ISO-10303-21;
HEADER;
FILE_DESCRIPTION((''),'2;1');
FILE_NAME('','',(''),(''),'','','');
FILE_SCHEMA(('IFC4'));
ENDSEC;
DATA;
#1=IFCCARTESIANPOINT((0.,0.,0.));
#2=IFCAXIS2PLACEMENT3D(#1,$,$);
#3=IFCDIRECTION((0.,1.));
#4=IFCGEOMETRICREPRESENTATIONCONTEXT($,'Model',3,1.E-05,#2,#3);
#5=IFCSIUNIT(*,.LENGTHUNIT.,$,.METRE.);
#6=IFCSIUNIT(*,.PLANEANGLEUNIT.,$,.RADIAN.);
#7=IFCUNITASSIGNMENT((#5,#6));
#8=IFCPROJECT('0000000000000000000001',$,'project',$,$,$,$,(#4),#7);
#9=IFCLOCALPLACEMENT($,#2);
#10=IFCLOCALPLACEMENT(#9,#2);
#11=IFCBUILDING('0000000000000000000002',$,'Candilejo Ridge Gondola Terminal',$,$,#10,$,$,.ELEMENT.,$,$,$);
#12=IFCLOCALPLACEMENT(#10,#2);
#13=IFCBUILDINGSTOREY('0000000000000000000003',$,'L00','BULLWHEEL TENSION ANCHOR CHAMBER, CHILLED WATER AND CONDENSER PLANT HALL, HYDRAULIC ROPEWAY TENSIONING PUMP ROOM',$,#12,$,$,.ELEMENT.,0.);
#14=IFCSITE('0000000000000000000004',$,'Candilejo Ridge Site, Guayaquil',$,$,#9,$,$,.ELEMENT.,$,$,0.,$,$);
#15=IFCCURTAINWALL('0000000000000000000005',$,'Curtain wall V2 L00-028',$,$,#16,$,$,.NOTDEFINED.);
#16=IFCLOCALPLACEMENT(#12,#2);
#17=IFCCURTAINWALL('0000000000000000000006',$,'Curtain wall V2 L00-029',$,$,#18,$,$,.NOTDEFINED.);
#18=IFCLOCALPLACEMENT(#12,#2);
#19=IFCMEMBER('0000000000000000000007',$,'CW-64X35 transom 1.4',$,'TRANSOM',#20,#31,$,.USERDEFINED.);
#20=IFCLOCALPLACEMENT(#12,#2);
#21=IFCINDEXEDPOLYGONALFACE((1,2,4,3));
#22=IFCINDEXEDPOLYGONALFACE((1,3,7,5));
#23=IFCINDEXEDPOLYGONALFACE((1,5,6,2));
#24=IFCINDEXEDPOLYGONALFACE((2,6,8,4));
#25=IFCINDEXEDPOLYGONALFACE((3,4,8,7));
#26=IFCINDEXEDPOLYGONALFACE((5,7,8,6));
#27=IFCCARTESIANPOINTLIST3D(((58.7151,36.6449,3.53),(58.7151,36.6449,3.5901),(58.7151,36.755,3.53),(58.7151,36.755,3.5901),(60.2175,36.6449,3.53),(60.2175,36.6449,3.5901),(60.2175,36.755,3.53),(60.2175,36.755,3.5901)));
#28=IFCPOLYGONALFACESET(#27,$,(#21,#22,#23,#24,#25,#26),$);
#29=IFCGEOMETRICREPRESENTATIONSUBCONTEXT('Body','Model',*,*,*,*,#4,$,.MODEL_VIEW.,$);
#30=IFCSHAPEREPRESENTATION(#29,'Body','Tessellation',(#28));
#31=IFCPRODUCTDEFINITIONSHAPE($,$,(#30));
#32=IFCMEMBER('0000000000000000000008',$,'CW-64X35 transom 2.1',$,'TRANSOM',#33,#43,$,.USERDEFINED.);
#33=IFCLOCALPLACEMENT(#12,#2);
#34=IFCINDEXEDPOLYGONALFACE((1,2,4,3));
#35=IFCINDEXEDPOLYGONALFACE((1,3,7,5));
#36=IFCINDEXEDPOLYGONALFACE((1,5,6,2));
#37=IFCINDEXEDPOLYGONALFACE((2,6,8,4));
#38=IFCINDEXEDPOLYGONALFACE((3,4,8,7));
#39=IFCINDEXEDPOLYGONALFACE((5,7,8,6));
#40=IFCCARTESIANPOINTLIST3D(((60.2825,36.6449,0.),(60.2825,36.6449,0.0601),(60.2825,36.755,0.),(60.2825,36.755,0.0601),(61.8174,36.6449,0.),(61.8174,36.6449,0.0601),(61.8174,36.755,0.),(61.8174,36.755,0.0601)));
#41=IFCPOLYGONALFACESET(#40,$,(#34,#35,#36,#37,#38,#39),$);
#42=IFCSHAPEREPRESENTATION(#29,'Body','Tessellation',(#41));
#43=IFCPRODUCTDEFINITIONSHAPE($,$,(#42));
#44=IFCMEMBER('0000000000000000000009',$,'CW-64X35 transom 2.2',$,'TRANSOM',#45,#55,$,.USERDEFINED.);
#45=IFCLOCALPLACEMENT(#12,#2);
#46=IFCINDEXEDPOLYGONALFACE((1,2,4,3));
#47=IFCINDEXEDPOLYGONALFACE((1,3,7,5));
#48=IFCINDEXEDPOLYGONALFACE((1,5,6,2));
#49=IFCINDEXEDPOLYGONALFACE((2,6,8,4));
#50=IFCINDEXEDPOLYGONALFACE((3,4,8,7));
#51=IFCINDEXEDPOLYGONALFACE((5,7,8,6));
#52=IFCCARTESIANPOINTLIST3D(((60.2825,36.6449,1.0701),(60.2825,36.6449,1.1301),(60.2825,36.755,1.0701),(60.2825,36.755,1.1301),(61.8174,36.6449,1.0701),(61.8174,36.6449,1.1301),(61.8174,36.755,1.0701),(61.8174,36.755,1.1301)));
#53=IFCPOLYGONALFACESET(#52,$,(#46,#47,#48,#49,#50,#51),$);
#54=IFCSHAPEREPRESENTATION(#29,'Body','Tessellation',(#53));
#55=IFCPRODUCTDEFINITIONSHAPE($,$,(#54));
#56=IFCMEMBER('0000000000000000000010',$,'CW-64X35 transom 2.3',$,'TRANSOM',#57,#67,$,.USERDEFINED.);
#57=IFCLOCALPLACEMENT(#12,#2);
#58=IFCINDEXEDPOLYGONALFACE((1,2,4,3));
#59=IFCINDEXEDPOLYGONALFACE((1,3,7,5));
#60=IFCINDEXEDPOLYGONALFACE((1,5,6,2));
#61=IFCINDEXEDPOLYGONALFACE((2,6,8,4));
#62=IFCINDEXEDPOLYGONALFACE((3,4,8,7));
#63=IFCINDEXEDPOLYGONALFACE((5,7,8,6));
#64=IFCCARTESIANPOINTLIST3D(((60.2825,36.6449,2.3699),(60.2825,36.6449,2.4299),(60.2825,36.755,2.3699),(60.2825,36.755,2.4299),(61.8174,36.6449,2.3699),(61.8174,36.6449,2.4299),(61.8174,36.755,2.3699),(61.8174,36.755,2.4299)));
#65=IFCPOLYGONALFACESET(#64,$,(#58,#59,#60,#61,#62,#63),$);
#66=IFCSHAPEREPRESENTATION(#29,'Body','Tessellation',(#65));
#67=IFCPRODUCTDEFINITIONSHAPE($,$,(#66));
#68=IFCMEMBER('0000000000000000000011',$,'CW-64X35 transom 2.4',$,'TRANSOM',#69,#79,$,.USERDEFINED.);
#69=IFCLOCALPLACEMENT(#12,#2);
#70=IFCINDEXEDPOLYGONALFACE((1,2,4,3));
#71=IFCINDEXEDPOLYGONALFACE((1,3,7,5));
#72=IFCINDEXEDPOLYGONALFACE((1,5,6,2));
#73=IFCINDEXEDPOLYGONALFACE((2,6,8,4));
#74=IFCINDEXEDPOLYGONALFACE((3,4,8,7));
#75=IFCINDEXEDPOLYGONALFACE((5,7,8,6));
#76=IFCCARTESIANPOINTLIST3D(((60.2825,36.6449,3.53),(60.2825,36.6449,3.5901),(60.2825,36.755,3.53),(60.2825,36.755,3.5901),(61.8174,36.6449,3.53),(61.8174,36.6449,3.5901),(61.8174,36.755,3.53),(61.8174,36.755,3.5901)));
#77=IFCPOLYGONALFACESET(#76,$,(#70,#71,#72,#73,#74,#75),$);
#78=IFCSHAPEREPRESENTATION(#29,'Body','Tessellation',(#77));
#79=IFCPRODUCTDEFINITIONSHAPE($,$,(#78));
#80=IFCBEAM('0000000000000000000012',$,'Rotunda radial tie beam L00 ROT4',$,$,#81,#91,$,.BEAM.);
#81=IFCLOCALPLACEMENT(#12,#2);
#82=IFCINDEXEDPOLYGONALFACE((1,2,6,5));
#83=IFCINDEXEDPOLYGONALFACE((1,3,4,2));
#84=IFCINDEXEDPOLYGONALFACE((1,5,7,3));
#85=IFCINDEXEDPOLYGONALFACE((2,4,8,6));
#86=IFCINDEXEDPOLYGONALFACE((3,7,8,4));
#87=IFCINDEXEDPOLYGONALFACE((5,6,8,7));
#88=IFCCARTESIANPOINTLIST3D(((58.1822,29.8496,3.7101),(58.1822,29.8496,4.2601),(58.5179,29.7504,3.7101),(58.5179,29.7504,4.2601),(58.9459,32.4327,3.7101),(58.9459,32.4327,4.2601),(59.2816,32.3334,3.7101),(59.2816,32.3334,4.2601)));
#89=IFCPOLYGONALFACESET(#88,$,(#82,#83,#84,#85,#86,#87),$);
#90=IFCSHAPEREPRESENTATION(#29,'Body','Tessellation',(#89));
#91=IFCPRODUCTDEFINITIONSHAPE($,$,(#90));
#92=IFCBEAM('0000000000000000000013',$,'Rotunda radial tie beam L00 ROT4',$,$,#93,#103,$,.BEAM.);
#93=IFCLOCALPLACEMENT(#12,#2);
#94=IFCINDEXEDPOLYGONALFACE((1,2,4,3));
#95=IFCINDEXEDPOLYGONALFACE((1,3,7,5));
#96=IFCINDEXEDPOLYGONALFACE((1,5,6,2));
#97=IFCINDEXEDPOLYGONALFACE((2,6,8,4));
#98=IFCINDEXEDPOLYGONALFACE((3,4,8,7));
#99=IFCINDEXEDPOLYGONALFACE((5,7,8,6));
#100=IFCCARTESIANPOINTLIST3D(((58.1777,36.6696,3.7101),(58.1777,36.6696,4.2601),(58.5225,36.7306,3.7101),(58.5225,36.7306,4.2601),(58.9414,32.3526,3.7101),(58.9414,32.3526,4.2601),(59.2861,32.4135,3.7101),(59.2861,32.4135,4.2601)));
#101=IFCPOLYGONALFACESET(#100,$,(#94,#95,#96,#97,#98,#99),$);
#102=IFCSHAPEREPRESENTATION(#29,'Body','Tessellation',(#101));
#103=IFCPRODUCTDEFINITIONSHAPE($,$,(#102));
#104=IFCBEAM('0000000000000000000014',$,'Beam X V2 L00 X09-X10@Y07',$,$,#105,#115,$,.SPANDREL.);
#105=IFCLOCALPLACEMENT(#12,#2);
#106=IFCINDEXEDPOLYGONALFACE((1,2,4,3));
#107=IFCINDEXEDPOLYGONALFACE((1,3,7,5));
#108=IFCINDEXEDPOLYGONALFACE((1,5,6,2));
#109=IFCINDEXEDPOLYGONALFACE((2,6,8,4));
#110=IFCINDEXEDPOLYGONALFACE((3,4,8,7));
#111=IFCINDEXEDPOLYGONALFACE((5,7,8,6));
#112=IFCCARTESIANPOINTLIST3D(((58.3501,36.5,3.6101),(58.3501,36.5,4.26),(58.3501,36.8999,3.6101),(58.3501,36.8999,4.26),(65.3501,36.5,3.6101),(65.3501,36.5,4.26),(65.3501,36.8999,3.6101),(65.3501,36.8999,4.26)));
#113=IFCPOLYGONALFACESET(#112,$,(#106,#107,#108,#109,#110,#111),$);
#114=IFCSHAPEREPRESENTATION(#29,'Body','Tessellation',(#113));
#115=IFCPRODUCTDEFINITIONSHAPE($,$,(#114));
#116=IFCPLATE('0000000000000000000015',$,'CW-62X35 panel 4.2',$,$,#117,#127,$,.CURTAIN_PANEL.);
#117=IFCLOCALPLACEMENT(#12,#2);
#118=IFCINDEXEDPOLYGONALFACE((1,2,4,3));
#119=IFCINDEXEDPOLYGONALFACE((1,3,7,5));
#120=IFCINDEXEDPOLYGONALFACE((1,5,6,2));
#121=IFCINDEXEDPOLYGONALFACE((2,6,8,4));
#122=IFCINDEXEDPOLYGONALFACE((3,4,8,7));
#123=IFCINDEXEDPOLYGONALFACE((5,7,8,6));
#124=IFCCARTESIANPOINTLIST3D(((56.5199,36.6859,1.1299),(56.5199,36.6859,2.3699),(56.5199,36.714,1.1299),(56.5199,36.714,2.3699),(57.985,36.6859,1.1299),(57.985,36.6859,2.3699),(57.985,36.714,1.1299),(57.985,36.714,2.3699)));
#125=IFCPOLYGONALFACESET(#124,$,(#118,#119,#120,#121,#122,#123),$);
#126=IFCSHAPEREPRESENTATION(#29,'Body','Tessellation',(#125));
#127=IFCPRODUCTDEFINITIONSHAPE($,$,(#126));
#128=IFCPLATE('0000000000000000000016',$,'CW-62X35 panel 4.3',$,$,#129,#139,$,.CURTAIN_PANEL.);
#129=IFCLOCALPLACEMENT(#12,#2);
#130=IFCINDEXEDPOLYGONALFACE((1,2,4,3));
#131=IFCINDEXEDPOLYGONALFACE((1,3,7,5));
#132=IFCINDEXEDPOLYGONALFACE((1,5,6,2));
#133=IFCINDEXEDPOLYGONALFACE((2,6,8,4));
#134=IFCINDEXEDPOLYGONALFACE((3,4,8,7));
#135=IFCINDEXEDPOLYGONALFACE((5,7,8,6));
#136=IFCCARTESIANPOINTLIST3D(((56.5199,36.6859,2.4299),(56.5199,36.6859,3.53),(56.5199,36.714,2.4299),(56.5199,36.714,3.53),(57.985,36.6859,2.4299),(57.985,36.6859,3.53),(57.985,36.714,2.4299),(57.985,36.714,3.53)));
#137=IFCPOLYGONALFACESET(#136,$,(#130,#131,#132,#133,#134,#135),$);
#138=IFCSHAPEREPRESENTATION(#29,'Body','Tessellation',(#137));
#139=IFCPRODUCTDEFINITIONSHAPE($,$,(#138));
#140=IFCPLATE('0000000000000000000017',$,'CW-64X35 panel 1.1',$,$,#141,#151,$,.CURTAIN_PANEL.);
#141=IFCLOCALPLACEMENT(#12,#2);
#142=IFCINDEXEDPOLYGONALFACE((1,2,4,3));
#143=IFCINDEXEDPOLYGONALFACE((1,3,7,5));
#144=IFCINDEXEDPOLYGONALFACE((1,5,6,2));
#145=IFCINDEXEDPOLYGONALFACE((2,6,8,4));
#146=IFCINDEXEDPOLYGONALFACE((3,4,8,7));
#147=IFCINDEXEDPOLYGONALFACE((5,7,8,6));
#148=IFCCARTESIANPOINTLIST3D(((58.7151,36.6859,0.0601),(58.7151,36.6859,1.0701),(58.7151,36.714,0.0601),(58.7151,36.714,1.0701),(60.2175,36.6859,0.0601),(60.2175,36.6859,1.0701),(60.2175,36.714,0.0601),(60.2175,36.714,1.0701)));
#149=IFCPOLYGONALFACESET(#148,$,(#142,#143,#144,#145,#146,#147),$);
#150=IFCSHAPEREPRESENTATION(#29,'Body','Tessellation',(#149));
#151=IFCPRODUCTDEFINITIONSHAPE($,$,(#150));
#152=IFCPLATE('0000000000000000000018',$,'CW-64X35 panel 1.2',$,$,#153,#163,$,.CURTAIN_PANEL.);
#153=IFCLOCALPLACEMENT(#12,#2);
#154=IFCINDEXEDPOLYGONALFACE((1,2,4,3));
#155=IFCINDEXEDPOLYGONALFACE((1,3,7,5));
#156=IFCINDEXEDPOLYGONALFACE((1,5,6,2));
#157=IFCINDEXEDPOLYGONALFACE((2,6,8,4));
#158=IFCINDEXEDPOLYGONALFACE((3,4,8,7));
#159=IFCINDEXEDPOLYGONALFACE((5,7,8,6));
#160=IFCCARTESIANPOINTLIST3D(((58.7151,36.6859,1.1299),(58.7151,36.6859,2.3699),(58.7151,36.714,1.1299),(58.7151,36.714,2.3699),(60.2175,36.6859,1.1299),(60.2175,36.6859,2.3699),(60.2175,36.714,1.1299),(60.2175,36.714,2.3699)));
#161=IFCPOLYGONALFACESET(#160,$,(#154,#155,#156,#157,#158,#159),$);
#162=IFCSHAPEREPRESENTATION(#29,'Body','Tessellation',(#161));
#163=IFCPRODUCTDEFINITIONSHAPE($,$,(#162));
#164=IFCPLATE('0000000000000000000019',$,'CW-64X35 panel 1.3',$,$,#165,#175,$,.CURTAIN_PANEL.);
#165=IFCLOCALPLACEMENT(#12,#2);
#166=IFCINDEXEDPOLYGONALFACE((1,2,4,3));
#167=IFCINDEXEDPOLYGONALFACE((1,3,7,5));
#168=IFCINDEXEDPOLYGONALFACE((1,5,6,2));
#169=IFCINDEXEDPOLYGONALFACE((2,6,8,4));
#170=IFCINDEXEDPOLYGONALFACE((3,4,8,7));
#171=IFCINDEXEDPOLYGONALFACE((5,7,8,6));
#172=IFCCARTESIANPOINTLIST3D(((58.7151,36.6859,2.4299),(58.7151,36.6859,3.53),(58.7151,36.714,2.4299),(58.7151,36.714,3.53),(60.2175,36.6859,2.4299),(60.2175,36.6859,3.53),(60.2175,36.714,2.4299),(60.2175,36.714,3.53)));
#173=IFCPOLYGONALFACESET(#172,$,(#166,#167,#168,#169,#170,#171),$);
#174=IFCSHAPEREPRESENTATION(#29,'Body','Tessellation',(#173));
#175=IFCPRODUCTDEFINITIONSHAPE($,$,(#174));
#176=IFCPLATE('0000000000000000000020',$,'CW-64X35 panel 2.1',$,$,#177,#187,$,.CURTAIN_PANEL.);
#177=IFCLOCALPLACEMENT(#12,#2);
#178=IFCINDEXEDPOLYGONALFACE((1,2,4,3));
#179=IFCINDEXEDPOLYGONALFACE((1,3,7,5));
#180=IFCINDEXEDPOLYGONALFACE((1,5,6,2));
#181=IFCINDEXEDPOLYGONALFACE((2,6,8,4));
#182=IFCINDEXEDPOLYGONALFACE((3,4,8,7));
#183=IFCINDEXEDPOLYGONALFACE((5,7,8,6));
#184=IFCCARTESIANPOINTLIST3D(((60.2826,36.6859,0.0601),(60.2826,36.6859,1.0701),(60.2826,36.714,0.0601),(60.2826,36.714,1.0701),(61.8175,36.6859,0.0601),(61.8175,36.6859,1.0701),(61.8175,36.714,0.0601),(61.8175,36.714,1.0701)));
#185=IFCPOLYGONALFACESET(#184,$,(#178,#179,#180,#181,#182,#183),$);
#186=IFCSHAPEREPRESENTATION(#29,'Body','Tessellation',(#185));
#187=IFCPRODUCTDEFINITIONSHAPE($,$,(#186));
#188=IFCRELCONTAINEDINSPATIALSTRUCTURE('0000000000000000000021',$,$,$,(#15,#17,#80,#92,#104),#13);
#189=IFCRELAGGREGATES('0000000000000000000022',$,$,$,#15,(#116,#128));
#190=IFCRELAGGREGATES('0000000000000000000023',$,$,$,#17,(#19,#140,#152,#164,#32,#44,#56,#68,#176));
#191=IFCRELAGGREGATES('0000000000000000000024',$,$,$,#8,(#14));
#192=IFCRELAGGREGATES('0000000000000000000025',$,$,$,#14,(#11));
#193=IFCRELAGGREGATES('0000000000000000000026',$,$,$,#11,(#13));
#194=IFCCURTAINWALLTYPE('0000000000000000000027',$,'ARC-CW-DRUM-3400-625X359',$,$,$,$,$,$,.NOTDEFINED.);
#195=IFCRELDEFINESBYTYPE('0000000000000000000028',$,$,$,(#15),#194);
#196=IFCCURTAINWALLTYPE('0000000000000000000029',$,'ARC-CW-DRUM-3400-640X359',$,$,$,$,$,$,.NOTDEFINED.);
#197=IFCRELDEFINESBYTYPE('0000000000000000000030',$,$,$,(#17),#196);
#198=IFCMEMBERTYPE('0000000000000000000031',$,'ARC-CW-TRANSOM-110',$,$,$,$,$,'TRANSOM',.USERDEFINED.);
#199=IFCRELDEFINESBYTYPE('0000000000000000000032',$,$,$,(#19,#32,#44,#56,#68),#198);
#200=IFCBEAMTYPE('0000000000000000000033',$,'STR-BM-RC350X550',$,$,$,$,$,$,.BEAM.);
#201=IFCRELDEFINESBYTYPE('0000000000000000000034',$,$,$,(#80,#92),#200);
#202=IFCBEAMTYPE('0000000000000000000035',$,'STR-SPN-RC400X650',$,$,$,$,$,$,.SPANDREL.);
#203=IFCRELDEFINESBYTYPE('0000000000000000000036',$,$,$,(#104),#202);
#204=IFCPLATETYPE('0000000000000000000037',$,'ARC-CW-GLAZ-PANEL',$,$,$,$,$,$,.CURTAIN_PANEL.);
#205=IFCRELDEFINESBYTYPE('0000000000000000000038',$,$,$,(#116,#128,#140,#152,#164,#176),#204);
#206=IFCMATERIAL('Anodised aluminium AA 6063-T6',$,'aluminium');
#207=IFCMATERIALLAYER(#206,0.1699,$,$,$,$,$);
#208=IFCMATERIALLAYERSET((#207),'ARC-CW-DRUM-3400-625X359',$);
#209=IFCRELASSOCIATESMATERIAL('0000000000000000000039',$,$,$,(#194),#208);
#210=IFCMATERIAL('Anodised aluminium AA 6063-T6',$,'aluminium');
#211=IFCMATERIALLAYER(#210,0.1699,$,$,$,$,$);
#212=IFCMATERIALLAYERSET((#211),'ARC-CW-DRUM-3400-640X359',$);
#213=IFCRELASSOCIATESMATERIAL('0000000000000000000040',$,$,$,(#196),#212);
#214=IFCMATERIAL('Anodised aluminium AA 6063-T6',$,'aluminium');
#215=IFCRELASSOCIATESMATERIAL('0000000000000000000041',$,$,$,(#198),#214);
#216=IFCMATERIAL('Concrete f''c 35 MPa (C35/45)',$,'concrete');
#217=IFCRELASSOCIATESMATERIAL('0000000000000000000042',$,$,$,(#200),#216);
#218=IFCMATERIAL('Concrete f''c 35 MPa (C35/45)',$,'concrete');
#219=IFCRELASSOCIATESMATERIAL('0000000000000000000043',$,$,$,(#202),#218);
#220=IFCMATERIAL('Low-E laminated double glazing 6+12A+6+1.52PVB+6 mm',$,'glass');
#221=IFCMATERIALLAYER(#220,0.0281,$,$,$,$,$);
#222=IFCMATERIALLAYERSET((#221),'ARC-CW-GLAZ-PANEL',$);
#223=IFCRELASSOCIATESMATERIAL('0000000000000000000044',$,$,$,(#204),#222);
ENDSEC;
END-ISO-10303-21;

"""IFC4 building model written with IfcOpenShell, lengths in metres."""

from ifc_helpers import new_model, si_unit, direction, frame, origin, origin_2d, place, context, subcontext, project, spatial, rectangle, extrude, material, layer, layer_set, material_profile, profile_set, type_object, element, aggregate, save


model = new_model("IFC4")

# Units and contexts
model_context = context("Model", 3, precision=1e-05, world=origin(), true_north=direction((0.0, 1.0)))
body_context = subcontext(model_context, "Body", "Model", "MODEL_VIEW")
ifc_project = project(units=[si_unit("LENGTHUNIT", "METRE"), si_unit("PLANEANGLEUNIT", "RADIAN")], contexts=[model_context])

# Site, building, storey
site_placement = place(None, origin())
site = spatial("IfcSite", under=ifc_project, at=site_placement, Name="Candilejo Ridge Site, Guayaquil", CompositionType="ELEMENT", RefElevation=0.0)
building_placement = place(site_placement, origin())
building = spatial("IfcBuilding", under=site, at=building_placement, Name="Candilejo Ridge Gondola Terminal", CompositionType="ELEMENT")
storey_placement = place(building_placement, origin())
storey = spatial("IfcBuildingStorey", under=building, at=storey_placement, Name="L00", Description="BULLWHEEL TENSION ANCHOR CHAMBER, CHILLED WATER AND CONDENSER PLANT HALL, HYDRAULIC ROPEWAY TENSIONING PUMP ROOM", CompositionType="ELEMENT", Elevation=0.0)

# Curtain wall
ifc_material_1 = material(Name="Anodised aluminium AA 6063-T6", Category="aluminium")
ifc_layer_1 = layer(ifc_material_1, 0.1699)
ifc_layer_set_1 = layer_set([ifc_layer_1], Name="ARC-CW-DRUM-3400-625X359")
curtain_wall_type_1 = type_object("IfcCurtainWallType", Name="ARC-CW-DRUM-3400-625X359", PredefinedType="NOTDEFINED", material=ifc_layer_set_1)
curtain_wall_1_placement = place(storey_placement, origin())
curtain_wall_1 = element("IfcCurtainWall", 1, at=curtain_wall_1_placement, inside=storey, type_object=curtain_wall_type_1, Name="Curtain wall V2 L00-028", PredefinedType="NOTDEFINED")

# Curtain wall, members
ifc_material_2 = material(Name="Anodised aluminium AA 6063-T6", Category="aluminium")
ifc_layer_2 = layer(ifc_material_2, 0.1699)
ifc_layer_set_2 = layer_set([ifc_layer_2], Name="ARC-CW-DRUM-3400-640X359")
curtain_wall_type_2 = type_object("IfcCurtainWallType", Name="ARC-CW-DRUM-3400-640X359", PredefinedType="NOTDEFINED", material=ifc_layer_set_2)
curtain_wall_2_placement = place(storey_placement, origin())
curtain_wall_2 = element("IfcCurtainWall", 2, at=curtain_wall_2_placement, inside=storey, type_object=curtain_wall_type_2, Name="Curtain wall V2 L00-029", PredefinedType="NOTDEFINED")
ifc_material_3 = material(Name="Anodised aluminium AA 6063-T6", Category="aluminium")
ifc_material_profile_1 = material_profile(ifc_material_3, rectangle(XDim=0.1101, YDim=0.0601, at=origin_2d()))
ifc_profile_set_1 = profile_set([ifc_material_profile_1], Name="Anodised aluminium AA 6063-T6")
member_type_1 = type_object("IfcMemberType", Name="ARC-CW-TRANSOM-110", ElementType="TRANSOM", PredefinedType="USERDEFINED", material=ifc_profile_set_1)
member_1_placement = place(storey_placement, frame((58.7151, 36.7, 3.5601), z_axis=(1.0, 0.0, 0.0), x_axis=(0.0, 1.0, 0.0)))
member_1 = element("IfcMember", 3, at=member_1_placement, type_object=member_type_1, Name="CW-64X35 transom 1.4", ObjectType="TRANSOM", PredefinedType="USERDEFINED", context=body_context, shape_type="SweptSolid", body=[
    extrude(rectangle(XDim=0.1101, YDim=0.0601, at=origin_2d()), origin(), (0.0, 0.0, 1.0), 1.5024),
])
member_2_placement = place(storey_placement, frame((60.2825, 36.7, 0.03), z_axis=(1.0, 0.0, 0.0), x_axis=(0.0, 1.0, 0.0)))
member_2 = element("IfcMember", 4, at=member_2_placement, type_object=member_type_1, Name="CW-64X35 transom 2.1", ObjectType="TRANSOM", PredefinedType="USERDEFINED", context=body_context, shape_type="SweptSolid", body=[
    extrude(rectangle(XDim=0.1101, YDim=0.0601, at=origin_2d()), origin(), (0.0, 0.0, 1.0), 1.5349),
])
member_3_placement = place(storey_placement, frame((60.2825, 36.7, 1.1001), z_axis=(1.0, 0.0, 0.0), x_axis=(0.0, 1.0, 0.0)))
member_3 = element("IfcMember", 5, at=member_3_placement, type_object=member_type_1, Name="CW-64X35 transom 2.2", ObjectType="TRANSOM", PredefinedType="USERDEFINED", context=body_context, shape_type="SweptSolid", body=[
    extrude(rectangle(XDim=0.1101, YDim=0.0601, at=origin_2d()), origin(), (0.0, 0.0, 1.0), 1.5349),
])
member_4_placement = place(storey_placement, frame((60.2825, 36.7, 2.3999), z_axis=(1.0, 0.0, 0.0), x_axis=(0.0, 1.0, 0.0)))
member_4 = element("IfcMember", 6, at=member_4_placement, type_object=member_type_1, Name="CW-64X35 transom 2.3", ObjectType="TRANSOM", PredefinedType="USERDEFINED", context=body_context, shape_type="SweptSolid", body=[
    extrude(rectangle(XDim=0.1101, YDim=0.0601, at=origin_2d()), origin(), (0.0, 0.0, 1.0), 1.5349),
])
member_5_placement = place(storey_placement, frame((60.2825, 36.7, 3.5601), z_axis=(1.0, 0.0, 0.0), x_axis=(0.0, 1.0, 0.0)))
member_5 = element("IfcMember", 7, at=member_5_placement, type_object=member_type_1, Name="CW-64X35 transom 2.4", ObjectType="TRANSOM", PredefinedType="USERDEFINED", context=body_context, shape_type="SweptSolid", body=[
    extrude(rectangle(XDim=0.1101, YDim=0.0601, at=origin_2d()), origin(), (0.0, 0.0, 1.0), 1.5349),
])

# Beams
ifc_material_4 = material(Name="Concrete f'c 35 MPa (C35/45)", Category="concrete")
ifc_material_profile_2 = material_profile(ifc_material_4, rectangle(XDim=0.3501, YDim=0.55, at=origin_2d()))
ifc_profile_set_2 = profile_set([ifc_material_profile_2], Name="Concrete f'c 35 MPa (C35/45)")
beam_type_1 = type_object("IfcBeamType", Name="STR-BM-RC350X550", PredefinedType="BEAM", material=ifc_profile_set_2)
beam_1_placement = place(storey_placement, frame((59.1138, 32.3831, 3.9851), z_axis=(-0.28352, -0.958966, 0.0), x_axis=(0.958966, -0.28352, 0.0)))
element("IfcBeam", 8, at=beam_1_placement, inside=storey, type_object=beam_type_1, Name="Rotunda radial tie beam L00 ROT4", PredefinedType="BEAM", context=body_context, shape_type="SweptSolid", body=[
    extrude(rectangle(XDim=0.3501, YDim=0.55, at=origin_2d()), origin(), (0.0, 0.0, 1.0), 2.6936),
])
beam_2_placement = place(storey_placement, frame((59.1138, 32.3831, 3.9851), z_axis=(-0.174198, 0.984711, 0.0), x_axis=(-0.984711, -0.174198, 0.0)))
element("IfcBeam", 9, at=beam_2_placement, inside=storey, type_object=beam_type_1, Name="Rotunda radial tie beam L00 ROT4", PredefinedType="BEAM", context=body_context, shape_type="SweptSolid", body=[
    extrude(rectangle(XDim=0.3501, YDim=0.55, at=origin_2d()), origin(), (0.0, 0.0, 1.0), 4.384),
])
ifc_material_5 = material(Name="Concrete f'c 35 MPa (C35/45)", Category="concrete")
ifc_material_profile_3 = material_profile(ifc_material_5, rectangle(XDim=0.3999, YDim=0.6499, at=origin_2d()))
ifc_profile_set_3 = profile_set([ifc_material_profile_3], Name="Concrete f'c 35 MPa (C35/45)")
beam_type_2 = type_object("IfcBeamType", Name="STR-SPN-RC400X650", PredefinedType="SPANDREL", material=ifc_profile_set_3)
beam_3_placement = place(storey_placement, frame((58.3501, 36.7, 3.9351), z_axis=(1.0, 0.0, 0.0), x_axis=(0.0, 1.0, 0.0)))
element("IfcBeam", 10, at=beam_3_placement, inside=storey, type_object=beam_type_2, Name="Beam X V2 L00 X09-X10@Y07", PredefinedType="SPANDREL", context=body_context, shape_type="SweptSolid", body=[
    extrude(rectangle(XDim=0.3999, YDim=0.6499, at=origin_2d()), origin(), (0.0, 0.0, 1.0), 7.0),
])

# Plates
ifc_material_6 = material(Name="Low-E laminated double glazing 6+12A+6+1.52PVB+6 mm", Category="glass")
ifc_layer_3 = layer(ifc_material_6, 0.0281)
ifc_layer_set_3 = layer_set([ifc_layer_3], Name="ARC-CW-GLAZ-PANEL")
plate_type = type_object("IfcPlateType", Name="ARC-CW-GLAZ-PANEL", PredefinedType="CURTAIN_PANEL", material=ifc_layer_set_3)
plate_1_placement = place(storey_placement, frame((57.2524, 36.7, 1.1299), z_axis=(0.0, 0.0, 1.0), x_axis=(1.0, 0.0, 0.0)))
plate_1 = element("IfcPlate", 11, at=plate_1_placement, type_object=plate_type, Name="CW-62X35 panel 4.2", PredefinedType="CURTAIN_PANEL", context=body_context, shape_type="SweptSolid", body=[
    extrude(rectangle(XDim=1.4651, YDim=0.0281, at=origin_2d()), origin(), (0.0, 0.0, 1.0), 1.24),
])
plate_2_placement = place(storey_placement, frame((57.2524, 36.7, 2.4299), z_axis=(0.0, 0.0, 1.0), x_axis=(1.0, 0.0, 0.0)))
plate_2 = element("IfcPlate", 12, at=plate_2_placement, type_object=plate_type, Name="CW-62X35 panel 4.3", PredefinedType="CURTAIN_PANEL", context=body_context, shape_type="SweptSolid", body=[
    extrude(rectangle(XDim=1.4651, YDim=0.0281, at=origin_2d()), origin(), (0.0, 0.0, 1.0), 1.1001),
])
aggregate(curtain_wall_1, [plate_1, plate_2])
plate_3_placement = place(storey_placement, frame((59.4663, 36.7, 0.0601), z_axis=(0.0, 0.0, 1.0), x_axis=(1.0, 0.0, 0.0)))
plate_3 = element("IfcPlate", 13, at=plate_3_placement, type_object=plate_type, Name="CW-64X35 panel 1.1", PredefinedType="CURTAIN_PANEL", context=body_context, shape_type="SweptSolid", body=[
    extrude(rectangle(XDim=1.5024, YDim=0.0281, at=origin_2d()), origin(), (0.0, 0.0, 1.0), 1.01),
])
plate_4_placement = place(storey_placement, frame((59.4663, 36.7, 1.1299), z_axis=(0.0, 0.0, 1.0), x_axis=(1.0, 0.0, 0.0)))
plate_4 = element("IfcPlate", 14, at=plate_4_placement, type_object=plate_type, Name="CW-64X35 panel 1.2", PredefinedType="CURTAIN_PANEL", context=body_context, shape_type="SweptSolid", body=[
    extrude(rectangle(XDim=1.5024, YDim=0.0281, at=origin_2d()), origin(), (0.0, 0.0, 1.0), 1.24),
])
plate_5_placement = place(storey_placement, frame((59.4663, 36.7, 2.4299), z_axis=(0.0, 0.0, 1.0), x_axis=(1.0, 0.0, 0.0)))
plate_5 = element("IfcPlate", 15, at=plate_5_placement, type_object=plate_type, Name="CW-64X35 panel 1.3", PredefinedType="CURTAIN_PANEL", context=body_context, shape_type="SweptSolid", body=[
    extrude(rectangle(XDim=1.5024, YDim=0.0281, at=origin_2d()), origin(), (0.0, 0.0, 1.0), 1.1001),
])
plate_6_placement = place(storey_placement, frame((61.05, 36.7, 0.0601), z_axis=(0.0, 0.0, 1.0), x_axis=(1.0, 0.0, 0.0)))
plate_6 = element("IfcPlate", 16, at=plate_6_placement, type_object=plate_type, Name="CW-64X35 panel 2.1", PredefinedType="CURTAIN_PANEL", context=body_context, shape_type="SweptSolid", body=[
    extrude(rectangle(XDim=1.5349, YDim=0.0281, at=origin_2d()), origin(), (0.0, 0.0, 1.0), 1.01),
])
aggregate(curtain_wall_2, [member_1, plate_3, plate_4, plate_5, member_2, member_3, member_4, member_5, plate_6])

save(model, "model.ifc")
